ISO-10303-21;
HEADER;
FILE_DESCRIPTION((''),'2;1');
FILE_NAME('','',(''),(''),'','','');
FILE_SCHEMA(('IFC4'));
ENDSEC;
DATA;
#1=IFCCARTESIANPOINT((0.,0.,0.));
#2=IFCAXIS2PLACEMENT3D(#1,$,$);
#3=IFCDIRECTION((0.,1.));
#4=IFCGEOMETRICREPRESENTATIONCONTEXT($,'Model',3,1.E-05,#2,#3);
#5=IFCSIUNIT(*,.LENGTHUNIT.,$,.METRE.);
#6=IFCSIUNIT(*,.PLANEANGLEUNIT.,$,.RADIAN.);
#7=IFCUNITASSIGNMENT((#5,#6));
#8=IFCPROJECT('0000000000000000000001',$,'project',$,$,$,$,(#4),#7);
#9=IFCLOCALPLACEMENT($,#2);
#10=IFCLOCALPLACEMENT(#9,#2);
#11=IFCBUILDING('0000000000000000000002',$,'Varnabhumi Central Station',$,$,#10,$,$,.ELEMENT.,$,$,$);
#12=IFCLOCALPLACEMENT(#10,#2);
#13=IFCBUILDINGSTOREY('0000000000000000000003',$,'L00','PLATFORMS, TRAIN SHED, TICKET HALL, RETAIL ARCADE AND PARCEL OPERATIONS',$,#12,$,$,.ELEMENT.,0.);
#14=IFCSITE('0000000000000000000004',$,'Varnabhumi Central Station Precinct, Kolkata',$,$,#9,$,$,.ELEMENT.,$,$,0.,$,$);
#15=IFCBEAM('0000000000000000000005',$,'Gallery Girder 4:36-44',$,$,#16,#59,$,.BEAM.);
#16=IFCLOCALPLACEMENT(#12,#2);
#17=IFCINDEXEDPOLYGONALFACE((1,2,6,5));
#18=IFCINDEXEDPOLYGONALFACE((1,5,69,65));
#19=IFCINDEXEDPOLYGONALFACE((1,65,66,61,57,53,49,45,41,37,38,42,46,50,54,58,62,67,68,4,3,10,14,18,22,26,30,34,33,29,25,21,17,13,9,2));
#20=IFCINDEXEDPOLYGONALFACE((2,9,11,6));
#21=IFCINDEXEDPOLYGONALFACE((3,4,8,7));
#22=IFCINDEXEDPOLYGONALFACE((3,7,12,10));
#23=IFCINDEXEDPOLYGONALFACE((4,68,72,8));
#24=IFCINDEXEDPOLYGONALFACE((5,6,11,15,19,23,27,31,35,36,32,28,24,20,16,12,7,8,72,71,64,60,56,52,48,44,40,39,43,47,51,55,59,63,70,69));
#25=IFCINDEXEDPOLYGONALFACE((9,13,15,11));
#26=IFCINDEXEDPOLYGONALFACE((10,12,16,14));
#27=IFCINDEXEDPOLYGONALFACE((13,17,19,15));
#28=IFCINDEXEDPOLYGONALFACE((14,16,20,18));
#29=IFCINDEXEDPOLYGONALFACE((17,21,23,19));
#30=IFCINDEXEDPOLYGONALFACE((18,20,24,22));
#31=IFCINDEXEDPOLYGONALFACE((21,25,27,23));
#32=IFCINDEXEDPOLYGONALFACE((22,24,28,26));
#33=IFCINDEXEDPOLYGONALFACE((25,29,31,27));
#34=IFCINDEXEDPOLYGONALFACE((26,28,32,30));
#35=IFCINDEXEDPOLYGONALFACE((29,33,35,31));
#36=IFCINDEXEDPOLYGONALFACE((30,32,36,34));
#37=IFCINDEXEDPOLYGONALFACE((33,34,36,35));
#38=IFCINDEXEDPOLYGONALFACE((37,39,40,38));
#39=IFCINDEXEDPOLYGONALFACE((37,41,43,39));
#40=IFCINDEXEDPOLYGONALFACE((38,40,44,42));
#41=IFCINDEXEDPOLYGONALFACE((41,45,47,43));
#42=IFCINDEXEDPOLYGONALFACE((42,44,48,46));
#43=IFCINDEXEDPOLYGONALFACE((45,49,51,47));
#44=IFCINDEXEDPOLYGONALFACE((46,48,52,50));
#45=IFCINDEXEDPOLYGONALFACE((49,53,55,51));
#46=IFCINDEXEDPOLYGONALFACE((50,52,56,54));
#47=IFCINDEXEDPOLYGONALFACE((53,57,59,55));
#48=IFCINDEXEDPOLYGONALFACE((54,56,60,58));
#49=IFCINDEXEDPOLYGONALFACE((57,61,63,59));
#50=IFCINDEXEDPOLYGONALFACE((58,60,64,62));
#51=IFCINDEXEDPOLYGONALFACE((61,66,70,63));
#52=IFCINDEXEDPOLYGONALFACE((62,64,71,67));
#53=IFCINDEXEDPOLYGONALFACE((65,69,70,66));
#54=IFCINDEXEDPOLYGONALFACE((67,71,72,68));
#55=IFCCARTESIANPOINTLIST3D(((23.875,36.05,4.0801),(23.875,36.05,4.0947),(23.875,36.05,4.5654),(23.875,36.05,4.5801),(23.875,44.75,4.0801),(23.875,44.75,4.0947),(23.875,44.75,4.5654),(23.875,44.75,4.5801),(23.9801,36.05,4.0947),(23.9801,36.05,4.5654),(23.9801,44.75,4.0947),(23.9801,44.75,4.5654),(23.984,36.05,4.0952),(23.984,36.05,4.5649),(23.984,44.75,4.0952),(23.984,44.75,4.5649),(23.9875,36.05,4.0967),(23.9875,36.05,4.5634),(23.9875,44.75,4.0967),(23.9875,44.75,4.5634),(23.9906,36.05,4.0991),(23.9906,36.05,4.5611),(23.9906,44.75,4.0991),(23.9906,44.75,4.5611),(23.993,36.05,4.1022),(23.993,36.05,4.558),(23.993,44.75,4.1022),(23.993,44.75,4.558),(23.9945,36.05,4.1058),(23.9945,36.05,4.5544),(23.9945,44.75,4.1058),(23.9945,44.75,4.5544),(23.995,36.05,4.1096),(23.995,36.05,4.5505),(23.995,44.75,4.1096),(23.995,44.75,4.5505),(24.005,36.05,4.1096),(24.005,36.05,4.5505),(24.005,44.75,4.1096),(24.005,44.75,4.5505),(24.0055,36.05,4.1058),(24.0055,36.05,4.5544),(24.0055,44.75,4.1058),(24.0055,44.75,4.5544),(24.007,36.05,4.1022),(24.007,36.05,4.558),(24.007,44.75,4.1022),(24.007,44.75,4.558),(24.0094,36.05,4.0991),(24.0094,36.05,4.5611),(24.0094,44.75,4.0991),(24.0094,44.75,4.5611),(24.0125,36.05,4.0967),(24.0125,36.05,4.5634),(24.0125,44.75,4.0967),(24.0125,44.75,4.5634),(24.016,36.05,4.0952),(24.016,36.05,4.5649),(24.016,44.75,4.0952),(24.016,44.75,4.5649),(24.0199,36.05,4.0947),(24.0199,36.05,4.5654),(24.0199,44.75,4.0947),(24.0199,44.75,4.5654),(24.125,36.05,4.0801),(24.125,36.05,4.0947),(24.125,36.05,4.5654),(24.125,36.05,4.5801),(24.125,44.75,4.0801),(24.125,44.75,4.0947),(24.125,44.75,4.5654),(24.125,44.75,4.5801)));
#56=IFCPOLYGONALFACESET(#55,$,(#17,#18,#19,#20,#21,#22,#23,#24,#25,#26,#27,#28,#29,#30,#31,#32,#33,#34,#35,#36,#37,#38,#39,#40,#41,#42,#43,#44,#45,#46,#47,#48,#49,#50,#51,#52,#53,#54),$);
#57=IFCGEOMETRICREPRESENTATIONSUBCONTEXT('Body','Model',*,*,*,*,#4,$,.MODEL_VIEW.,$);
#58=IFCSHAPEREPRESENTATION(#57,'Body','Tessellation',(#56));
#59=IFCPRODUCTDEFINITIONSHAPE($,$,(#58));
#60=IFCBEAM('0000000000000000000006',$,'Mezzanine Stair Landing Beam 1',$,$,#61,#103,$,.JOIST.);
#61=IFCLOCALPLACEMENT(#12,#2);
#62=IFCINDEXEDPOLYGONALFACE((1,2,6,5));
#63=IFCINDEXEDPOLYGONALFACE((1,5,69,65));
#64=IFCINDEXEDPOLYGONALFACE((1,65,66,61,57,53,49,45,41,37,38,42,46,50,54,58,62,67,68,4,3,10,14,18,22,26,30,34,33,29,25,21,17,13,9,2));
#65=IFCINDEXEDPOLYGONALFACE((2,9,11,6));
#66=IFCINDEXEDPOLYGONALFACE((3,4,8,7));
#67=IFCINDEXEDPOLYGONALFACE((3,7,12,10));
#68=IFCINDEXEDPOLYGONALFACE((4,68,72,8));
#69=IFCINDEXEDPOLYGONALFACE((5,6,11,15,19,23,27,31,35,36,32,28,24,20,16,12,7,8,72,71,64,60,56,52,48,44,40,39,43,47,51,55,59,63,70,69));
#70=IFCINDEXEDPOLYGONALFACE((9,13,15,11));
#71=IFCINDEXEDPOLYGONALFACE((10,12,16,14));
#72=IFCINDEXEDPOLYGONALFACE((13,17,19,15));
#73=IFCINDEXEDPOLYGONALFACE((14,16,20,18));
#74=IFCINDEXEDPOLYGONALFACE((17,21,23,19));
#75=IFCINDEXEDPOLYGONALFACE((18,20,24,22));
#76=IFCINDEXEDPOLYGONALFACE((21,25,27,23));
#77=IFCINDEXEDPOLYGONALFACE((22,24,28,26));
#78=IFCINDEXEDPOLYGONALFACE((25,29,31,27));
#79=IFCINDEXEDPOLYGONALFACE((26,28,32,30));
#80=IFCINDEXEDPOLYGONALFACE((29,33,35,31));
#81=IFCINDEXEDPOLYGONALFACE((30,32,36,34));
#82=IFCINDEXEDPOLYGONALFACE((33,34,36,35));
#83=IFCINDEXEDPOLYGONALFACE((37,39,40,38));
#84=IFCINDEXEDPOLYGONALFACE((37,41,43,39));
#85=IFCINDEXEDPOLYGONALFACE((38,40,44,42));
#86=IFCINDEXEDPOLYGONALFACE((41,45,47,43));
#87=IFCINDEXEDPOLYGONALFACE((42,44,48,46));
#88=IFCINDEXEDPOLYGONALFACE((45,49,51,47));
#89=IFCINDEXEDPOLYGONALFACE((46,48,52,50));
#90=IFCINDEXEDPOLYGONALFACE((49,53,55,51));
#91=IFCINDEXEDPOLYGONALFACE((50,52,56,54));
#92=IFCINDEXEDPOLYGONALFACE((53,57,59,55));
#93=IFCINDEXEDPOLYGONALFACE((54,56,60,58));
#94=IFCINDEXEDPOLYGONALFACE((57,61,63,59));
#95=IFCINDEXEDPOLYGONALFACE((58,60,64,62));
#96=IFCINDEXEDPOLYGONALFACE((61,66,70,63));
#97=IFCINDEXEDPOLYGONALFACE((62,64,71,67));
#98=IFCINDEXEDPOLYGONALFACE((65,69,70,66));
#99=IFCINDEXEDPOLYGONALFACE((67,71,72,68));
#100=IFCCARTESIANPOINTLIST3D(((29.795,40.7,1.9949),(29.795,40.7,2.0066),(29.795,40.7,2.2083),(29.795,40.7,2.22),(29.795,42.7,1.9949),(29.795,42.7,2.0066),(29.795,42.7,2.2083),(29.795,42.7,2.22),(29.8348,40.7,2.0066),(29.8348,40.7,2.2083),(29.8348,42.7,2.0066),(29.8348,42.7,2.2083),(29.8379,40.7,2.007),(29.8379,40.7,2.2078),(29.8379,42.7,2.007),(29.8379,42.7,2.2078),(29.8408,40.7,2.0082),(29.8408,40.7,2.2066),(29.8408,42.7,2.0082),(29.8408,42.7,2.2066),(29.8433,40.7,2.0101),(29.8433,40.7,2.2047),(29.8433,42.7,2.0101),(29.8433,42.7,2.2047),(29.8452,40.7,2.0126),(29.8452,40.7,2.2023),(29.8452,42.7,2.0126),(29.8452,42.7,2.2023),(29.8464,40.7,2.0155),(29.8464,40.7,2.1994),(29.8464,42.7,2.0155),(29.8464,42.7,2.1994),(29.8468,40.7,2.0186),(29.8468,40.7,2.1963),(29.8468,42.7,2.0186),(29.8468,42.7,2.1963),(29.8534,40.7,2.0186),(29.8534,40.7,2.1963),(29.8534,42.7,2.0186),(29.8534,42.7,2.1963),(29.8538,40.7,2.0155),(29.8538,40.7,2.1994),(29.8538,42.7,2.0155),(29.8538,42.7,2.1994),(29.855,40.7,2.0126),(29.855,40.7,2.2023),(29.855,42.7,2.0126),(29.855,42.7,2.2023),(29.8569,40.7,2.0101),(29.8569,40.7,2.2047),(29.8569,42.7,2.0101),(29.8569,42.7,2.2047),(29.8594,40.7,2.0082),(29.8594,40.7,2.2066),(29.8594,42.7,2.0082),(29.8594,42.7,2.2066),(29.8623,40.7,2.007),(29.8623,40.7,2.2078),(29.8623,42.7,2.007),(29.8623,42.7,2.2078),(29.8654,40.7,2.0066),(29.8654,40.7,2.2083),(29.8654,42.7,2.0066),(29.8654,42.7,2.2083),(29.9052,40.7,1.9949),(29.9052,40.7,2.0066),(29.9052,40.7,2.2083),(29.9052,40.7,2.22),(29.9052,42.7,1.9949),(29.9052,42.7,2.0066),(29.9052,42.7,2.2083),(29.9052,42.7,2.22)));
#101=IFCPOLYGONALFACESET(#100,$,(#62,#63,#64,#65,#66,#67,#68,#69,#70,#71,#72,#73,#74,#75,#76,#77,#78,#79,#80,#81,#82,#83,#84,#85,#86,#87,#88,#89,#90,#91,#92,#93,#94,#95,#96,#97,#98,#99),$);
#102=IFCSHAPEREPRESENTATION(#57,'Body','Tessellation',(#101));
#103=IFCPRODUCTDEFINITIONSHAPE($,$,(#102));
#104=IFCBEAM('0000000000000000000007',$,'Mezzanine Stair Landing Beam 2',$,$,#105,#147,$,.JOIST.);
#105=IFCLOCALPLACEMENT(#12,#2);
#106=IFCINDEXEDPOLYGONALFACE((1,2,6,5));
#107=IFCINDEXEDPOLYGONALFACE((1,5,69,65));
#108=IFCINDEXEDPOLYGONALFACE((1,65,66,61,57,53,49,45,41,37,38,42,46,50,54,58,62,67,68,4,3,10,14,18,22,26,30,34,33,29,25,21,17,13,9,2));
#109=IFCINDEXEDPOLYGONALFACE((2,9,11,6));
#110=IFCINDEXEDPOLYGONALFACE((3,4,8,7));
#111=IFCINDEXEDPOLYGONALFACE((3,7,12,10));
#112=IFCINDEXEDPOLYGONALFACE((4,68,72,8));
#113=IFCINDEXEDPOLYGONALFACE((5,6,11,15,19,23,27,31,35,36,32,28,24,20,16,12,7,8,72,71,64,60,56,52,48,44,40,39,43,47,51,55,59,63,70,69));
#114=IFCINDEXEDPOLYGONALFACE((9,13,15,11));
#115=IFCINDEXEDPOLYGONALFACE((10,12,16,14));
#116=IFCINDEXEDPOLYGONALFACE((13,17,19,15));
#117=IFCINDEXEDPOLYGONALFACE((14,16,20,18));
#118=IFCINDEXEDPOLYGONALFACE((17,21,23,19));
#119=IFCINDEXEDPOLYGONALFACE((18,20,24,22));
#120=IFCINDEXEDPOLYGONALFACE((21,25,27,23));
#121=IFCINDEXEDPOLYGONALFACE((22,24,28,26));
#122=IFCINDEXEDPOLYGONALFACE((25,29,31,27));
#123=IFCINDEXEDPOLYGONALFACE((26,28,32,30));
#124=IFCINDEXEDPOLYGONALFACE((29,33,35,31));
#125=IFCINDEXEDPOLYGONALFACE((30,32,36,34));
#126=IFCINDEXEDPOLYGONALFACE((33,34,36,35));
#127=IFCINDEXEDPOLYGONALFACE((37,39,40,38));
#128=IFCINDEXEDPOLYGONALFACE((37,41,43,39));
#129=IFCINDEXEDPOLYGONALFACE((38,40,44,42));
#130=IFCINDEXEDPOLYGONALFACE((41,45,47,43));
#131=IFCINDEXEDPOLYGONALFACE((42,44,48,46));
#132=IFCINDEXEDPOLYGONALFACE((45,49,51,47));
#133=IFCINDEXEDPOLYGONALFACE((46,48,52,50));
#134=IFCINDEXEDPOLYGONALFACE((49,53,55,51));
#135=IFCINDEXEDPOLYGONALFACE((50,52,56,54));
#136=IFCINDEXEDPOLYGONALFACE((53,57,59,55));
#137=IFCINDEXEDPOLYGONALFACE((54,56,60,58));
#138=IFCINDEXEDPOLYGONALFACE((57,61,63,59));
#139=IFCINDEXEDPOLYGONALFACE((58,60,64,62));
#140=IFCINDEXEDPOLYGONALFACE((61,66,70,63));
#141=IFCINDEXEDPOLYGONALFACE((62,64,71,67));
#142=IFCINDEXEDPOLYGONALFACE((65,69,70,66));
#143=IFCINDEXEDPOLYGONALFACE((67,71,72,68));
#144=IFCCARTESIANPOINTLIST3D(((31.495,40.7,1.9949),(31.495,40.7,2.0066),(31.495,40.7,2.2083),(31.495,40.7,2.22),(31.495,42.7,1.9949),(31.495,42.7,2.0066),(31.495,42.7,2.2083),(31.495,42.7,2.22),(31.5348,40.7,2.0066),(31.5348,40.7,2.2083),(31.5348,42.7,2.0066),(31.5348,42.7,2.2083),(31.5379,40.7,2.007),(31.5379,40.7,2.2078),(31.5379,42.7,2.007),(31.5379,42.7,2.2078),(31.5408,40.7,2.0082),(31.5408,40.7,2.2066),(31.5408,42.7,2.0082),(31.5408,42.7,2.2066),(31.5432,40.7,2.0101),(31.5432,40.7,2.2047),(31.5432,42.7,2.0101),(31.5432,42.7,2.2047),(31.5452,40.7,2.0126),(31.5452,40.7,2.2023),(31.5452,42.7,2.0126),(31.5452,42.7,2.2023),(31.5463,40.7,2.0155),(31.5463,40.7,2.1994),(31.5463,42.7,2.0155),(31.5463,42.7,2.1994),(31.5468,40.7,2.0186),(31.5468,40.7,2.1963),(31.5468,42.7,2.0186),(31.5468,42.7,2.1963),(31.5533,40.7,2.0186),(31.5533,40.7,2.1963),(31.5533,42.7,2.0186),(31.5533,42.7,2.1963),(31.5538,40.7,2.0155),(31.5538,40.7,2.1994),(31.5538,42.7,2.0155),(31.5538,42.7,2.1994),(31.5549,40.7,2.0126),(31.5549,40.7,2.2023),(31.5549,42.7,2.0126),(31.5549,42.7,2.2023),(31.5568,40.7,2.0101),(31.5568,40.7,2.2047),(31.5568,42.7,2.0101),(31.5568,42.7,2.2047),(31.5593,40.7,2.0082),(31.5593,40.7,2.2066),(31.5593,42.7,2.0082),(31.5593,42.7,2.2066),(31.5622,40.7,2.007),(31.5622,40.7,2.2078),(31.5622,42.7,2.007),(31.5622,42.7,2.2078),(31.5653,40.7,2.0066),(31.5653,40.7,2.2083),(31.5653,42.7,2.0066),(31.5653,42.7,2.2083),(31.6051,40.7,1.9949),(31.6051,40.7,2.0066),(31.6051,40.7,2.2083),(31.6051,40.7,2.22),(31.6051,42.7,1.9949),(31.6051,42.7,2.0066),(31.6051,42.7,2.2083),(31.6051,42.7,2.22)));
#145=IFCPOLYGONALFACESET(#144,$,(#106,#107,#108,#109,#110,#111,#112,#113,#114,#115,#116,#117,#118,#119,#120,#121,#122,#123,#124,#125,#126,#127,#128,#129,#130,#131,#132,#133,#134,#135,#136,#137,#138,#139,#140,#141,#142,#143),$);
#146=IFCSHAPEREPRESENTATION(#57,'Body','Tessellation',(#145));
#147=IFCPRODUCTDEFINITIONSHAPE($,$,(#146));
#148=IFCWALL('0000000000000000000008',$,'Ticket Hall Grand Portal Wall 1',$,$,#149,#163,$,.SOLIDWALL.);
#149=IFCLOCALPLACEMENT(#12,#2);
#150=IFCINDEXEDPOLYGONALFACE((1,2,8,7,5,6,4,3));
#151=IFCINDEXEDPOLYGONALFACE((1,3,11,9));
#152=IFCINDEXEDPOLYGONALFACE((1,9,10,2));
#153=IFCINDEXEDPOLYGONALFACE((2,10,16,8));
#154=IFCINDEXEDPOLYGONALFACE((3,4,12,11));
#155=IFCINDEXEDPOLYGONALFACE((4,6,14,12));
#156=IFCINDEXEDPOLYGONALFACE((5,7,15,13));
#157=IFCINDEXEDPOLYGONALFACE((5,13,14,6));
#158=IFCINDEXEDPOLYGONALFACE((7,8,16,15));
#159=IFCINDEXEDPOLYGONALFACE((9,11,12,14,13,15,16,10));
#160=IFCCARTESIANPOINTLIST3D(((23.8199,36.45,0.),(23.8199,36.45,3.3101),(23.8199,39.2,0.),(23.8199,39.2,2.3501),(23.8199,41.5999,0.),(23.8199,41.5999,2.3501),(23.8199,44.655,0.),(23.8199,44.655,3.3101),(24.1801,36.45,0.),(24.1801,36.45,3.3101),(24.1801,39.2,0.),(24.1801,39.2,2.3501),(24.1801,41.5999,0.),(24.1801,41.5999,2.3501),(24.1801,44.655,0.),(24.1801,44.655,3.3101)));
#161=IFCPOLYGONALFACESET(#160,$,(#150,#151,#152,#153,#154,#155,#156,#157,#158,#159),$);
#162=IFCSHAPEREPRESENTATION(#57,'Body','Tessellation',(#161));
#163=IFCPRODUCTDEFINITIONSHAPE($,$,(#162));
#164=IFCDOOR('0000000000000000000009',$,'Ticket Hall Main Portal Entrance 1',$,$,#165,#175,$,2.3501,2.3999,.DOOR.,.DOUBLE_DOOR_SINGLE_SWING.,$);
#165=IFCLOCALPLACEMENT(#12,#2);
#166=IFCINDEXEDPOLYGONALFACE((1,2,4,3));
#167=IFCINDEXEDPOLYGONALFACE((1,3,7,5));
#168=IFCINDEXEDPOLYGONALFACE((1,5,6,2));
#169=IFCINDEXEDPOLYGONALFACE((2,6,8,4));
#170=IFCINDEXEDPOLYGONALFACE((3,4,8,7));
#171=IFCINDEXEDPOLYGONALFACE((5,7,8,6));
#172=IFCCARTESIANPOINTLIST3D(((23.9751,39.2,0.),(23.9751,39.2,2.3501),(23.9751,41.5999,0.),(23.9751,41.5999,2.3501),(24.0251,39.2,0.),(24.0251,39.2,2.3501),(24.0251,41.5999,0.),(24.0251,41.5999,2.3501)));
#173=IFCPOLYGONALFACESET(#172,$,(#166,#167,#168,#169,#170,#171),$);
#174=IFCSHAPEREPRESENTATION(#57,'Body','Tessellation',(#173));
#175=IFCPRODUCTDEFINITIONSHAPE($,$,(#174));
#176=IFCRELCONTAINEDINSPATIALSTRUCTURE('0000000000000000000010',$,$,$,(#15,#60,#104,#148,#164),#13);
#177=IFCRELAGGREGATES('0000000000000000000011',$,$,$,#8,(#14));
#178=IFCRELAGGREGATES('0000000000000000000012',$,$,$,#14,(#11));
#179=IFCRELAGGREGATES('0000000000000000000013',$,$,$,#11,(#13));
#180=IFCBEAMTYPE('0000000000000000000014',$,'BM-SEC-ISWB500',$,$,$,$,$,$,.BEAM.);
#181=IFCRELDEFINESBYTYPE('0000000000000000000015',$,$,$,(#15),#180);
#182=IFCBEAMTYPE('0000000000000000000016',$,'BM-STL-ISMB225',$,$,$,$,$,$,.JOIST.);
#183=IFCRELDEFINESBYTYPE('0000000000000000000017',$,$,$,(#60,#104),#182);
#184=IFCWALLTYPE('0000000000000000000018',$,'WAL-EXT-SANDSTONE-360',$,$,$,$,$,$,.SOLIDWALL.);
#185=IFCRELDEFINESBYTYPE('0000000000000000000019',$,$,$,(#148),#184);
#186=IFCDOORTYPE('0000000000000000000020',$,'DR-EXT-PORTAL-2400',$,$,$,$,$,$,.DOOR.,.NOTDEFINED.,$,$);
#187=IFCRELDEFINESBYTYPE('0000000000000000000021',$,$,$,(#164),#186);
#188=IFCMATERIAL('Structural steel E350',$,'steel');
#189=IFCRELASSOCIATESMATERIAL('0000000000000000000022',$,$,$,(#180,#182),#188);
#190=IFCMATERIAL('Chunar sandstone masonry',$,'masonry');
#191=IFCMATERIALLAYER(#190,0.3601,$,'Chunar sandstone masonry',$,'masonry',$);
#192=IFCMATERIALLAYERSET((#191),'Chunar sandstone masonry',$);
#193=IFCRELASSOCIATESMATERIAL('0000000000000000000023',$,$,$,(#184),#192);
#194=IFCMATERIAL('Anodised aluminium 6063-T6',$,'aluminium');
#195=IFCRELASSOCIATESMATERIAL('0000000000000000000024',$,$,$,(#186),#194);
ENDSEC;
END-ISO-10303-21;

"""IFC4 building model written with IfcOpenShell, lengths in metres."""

from ifc_helpers import new_model, si_unit, direction, frame, frame_2d, origin, origin_2d, place, context, subcontext, project, spatial, rectangle, i_section, extrude, material, layer, layer_set, material_profile, profile_set, type_object, element, fill, save


model = new_model("IFC4")

# Units and contexts
model_context = context("Model", 3, precision=1e-05, world=origin(), true_north=direction((0.0, 1.0)))
body_context = subcontext(model_context, "Body", "Model", "MODEL_VIEW")
ifc_project = project(units=[si_unit("LENGTHUNIT", "METRE"), si_unit("PLANEANGLEUNIT", "RADIAN")], contexts=[model_context])

# Site, building, storey
site_placement = place(None, origin())
site = spatial("IfcSite", under=ifc_project, at=site_placement, Name="Varnabhumi Central Station Precinct, Kolkata", CompositionType="ELEMENT", RefElevation=0.0)
building_placement = place(site_placement, origin())
building = spatial("IfcBuilding", under=site, at=building_placement, Name="Varnabhumi Central Station", CompositionType="ELEMENT")
storey_placement = place(building_placement, origin())
storey = spatial("IfcBuildingStorey", under=building, at=storey_placement, Name="L00", Description="PLATFORMS, TRAIN SHED, TICKET HALL, RETAIL ARCADE AND PARCEL OPERATIONS", CompositionType="ELEMENT", Elevation=0.0)

# Shared definitions
ifc_material_1 = material(Name="Structural steel E350", Category="steel")

# Beams
ifc_material_profile_1 = material_profile(ifc_material_1, i_section(OverallWidth=0.25, OverallDepth=0.5, WebThickness=0.01, FlangeThickness=0.0146, FilletRadius=0.0149, at=origin_2d()), Name="Structural steel E350", Category="steel")
ifc_profile_set_1 = profile_set([ifc_material_profile_1], Name="Structural steel E350")
beam_type_1 = type_object("IfcBeamType", Name="BM-SEC-ISWB500", PredefinedType="BEAM", material=ifc_profile_set_1)
beam_1_placement = place(storey_placement, frame((24.0, 36.05, 4.3301), z_axis=(0.0, 1.0, 0.0), x_axis=(-1.0, 0.0, 0.0)))
element("IfcBeam", 1, at=beam_1_placement, inside=storey, type_object=beam_type_1, Name="Gallery Girder 4:36-44", PredefinedType="BEAM", context=body_context, shape_type="SweptSolid", body=[
    extrude(i_section(OverallWidth=0.25, OverallDepth=0.5, WebThickness=0.01, FlangeThickness=0.0146, FilletRadius=0.0149, at=origin_2d()), origin(), (0.0, 0.0, 1.0), 8.7),
])
ifc_material_profile_2 = material_profile(ifc_material_1, i_section(OverallWidth=0.1101, OverallDepth=0.2251, WebThickness=0.0066, FlangeThickness=0.0117, FilletRadius=0.012, at=origin_2d()), Name="Structural steel E350", Category="steel")
ifc_profile_set_2 = profile_set([ifc_material_profile_2], Name="Structural steel E350")
beam_type_2 = type_object("IfcBeamType", Name="BM-STL-ISMB225", PredefinedType="JOIST", material=ifc_profile_set_2)
for number, where, z_axis, x_axis, name in (
    (2, (29.8501, 40.7, 2.1074), (0.0, 1.0, 0.0), (-1.0, 0.0, 0.0), "Mezzanine Stair Landing Beam 1"),
    (3, (31.55, 40.7, 2.1074), (0.0, 1.0, 0.0), (-1.0, 0.0, 0.0), "Mezzanine Stair Landing Beam 2"),
):
    element("IfcBeam", number, at=place(storey_placement, frame(where, z_axis=z_axis, x_axis=x_axis)), inside=storey, type_object=beam_type_2, Name=name, PredefinedType="JOIST", context=body_context, shape_type="SweptSolid", body=[
        extrude(i_section(OverallWidth=0.1101, OverallDepth=0.2251, WebThickness=0.0066, FlangeThickness=0.0117, FilletRadius=0.012, at=origin_2d()), origin(), (0.0, 0.0, 1.0), 2.0),
    ])

# Wall, opening, door
ifc_material_2 = material(Name="Chunar sandstone masonry", Category="masonry")
ifc_layer_1 = layer(ifc_material_2, 0.3601, Name="Chunar sandstone masonry", Category="masonry")
ifc_layer_set_1 = layer_set([ifc_layer_1], Name="Chunar sandstone masonry")
wall_type = type_object("IfcWallType", Name="WAL-EXT-SANDSTONE-360", PredefinedType="SOLIDWALL", material=ifc_layer_set_1)
wall_1_placement = place(storey_placement, frame((24.0, 36.45, 0.0), z_axis=(0.0, 0.0, 1.0), x_axis=(0.0, 1.0, 0.0)))
wall_1 = element("IfcWall", 4, at=wall_1_placement, inside=storey, type_object=wall_type, Name="Ticket Hall Grand Portal Wall 1", PredefinedType="SOLIDWALL", context=body_context, shape_type="SweptSolid", body=[
    extrude(rectangle(XDim=8.2051, YDim=0.3601, at=frame_2d((4.1025, 0.0))), origin(), (0.0, 0.0, 1.0), 3.3101),
])
opening_1_placement = place(wall_1_placement, frame((2.75, 0.0, 0.0)))
opening_1 = element("IfcOpeningElement", 5, at=opening_1_placement, cuts=wall_1, PredefinedType="OPENING", context=body_context, shape_type="SweptSolid", body=[
    extrude(rectangle(XDim=2.3999, YDim=2.3501, at=frame_2d((1.2, 1.175))), frame((0.0, 0.1899, 0.0), z_axis=(0.0, -1.0, 0.0), x_axis=(1.0, 0.0, 0.0)), (0.0, 0.0, 1.0), 0.3801),
])
ifc_material_3 = material(Name="Anodised aluminium 6063-T6", Category="aluminium")
door_type = type_object("IfcDoorType", Name="DR-EXT-PORTAL-2400", OperationType="NOTDEFINED", PredefinedType="DOOR", material=ifc_material_3)
door_1_placement = place(opening_1_placement, origin())
door_1 = element("IfcDoor", 6, at=door_1_placement, inside=storey, type_object=door_type, Name="Ticket Hall Main Portal Entrance 1", OperationType="DOUBLE_DOOR_SINGLE_SWING", OverallHeight=2.3501, OverallWidth=2.3999, PredefinedType="DOOR", context=body_context, shape_type="SweptSolid", body=[
    extrude(rectangle(XDim=2.3999, YDim=2.3501, at=frame_2d((1.2, 1.175))), frame((0.0, 0.0249, 0.0), z_axis=(0.0, -1.0, 0.0), x_axis=(1.0, 0.0, 0.0)), (0.0, 0.0, 1.0), 0.05),
])
fill(opening_1, door_1)

save(model, "model.ifc")
